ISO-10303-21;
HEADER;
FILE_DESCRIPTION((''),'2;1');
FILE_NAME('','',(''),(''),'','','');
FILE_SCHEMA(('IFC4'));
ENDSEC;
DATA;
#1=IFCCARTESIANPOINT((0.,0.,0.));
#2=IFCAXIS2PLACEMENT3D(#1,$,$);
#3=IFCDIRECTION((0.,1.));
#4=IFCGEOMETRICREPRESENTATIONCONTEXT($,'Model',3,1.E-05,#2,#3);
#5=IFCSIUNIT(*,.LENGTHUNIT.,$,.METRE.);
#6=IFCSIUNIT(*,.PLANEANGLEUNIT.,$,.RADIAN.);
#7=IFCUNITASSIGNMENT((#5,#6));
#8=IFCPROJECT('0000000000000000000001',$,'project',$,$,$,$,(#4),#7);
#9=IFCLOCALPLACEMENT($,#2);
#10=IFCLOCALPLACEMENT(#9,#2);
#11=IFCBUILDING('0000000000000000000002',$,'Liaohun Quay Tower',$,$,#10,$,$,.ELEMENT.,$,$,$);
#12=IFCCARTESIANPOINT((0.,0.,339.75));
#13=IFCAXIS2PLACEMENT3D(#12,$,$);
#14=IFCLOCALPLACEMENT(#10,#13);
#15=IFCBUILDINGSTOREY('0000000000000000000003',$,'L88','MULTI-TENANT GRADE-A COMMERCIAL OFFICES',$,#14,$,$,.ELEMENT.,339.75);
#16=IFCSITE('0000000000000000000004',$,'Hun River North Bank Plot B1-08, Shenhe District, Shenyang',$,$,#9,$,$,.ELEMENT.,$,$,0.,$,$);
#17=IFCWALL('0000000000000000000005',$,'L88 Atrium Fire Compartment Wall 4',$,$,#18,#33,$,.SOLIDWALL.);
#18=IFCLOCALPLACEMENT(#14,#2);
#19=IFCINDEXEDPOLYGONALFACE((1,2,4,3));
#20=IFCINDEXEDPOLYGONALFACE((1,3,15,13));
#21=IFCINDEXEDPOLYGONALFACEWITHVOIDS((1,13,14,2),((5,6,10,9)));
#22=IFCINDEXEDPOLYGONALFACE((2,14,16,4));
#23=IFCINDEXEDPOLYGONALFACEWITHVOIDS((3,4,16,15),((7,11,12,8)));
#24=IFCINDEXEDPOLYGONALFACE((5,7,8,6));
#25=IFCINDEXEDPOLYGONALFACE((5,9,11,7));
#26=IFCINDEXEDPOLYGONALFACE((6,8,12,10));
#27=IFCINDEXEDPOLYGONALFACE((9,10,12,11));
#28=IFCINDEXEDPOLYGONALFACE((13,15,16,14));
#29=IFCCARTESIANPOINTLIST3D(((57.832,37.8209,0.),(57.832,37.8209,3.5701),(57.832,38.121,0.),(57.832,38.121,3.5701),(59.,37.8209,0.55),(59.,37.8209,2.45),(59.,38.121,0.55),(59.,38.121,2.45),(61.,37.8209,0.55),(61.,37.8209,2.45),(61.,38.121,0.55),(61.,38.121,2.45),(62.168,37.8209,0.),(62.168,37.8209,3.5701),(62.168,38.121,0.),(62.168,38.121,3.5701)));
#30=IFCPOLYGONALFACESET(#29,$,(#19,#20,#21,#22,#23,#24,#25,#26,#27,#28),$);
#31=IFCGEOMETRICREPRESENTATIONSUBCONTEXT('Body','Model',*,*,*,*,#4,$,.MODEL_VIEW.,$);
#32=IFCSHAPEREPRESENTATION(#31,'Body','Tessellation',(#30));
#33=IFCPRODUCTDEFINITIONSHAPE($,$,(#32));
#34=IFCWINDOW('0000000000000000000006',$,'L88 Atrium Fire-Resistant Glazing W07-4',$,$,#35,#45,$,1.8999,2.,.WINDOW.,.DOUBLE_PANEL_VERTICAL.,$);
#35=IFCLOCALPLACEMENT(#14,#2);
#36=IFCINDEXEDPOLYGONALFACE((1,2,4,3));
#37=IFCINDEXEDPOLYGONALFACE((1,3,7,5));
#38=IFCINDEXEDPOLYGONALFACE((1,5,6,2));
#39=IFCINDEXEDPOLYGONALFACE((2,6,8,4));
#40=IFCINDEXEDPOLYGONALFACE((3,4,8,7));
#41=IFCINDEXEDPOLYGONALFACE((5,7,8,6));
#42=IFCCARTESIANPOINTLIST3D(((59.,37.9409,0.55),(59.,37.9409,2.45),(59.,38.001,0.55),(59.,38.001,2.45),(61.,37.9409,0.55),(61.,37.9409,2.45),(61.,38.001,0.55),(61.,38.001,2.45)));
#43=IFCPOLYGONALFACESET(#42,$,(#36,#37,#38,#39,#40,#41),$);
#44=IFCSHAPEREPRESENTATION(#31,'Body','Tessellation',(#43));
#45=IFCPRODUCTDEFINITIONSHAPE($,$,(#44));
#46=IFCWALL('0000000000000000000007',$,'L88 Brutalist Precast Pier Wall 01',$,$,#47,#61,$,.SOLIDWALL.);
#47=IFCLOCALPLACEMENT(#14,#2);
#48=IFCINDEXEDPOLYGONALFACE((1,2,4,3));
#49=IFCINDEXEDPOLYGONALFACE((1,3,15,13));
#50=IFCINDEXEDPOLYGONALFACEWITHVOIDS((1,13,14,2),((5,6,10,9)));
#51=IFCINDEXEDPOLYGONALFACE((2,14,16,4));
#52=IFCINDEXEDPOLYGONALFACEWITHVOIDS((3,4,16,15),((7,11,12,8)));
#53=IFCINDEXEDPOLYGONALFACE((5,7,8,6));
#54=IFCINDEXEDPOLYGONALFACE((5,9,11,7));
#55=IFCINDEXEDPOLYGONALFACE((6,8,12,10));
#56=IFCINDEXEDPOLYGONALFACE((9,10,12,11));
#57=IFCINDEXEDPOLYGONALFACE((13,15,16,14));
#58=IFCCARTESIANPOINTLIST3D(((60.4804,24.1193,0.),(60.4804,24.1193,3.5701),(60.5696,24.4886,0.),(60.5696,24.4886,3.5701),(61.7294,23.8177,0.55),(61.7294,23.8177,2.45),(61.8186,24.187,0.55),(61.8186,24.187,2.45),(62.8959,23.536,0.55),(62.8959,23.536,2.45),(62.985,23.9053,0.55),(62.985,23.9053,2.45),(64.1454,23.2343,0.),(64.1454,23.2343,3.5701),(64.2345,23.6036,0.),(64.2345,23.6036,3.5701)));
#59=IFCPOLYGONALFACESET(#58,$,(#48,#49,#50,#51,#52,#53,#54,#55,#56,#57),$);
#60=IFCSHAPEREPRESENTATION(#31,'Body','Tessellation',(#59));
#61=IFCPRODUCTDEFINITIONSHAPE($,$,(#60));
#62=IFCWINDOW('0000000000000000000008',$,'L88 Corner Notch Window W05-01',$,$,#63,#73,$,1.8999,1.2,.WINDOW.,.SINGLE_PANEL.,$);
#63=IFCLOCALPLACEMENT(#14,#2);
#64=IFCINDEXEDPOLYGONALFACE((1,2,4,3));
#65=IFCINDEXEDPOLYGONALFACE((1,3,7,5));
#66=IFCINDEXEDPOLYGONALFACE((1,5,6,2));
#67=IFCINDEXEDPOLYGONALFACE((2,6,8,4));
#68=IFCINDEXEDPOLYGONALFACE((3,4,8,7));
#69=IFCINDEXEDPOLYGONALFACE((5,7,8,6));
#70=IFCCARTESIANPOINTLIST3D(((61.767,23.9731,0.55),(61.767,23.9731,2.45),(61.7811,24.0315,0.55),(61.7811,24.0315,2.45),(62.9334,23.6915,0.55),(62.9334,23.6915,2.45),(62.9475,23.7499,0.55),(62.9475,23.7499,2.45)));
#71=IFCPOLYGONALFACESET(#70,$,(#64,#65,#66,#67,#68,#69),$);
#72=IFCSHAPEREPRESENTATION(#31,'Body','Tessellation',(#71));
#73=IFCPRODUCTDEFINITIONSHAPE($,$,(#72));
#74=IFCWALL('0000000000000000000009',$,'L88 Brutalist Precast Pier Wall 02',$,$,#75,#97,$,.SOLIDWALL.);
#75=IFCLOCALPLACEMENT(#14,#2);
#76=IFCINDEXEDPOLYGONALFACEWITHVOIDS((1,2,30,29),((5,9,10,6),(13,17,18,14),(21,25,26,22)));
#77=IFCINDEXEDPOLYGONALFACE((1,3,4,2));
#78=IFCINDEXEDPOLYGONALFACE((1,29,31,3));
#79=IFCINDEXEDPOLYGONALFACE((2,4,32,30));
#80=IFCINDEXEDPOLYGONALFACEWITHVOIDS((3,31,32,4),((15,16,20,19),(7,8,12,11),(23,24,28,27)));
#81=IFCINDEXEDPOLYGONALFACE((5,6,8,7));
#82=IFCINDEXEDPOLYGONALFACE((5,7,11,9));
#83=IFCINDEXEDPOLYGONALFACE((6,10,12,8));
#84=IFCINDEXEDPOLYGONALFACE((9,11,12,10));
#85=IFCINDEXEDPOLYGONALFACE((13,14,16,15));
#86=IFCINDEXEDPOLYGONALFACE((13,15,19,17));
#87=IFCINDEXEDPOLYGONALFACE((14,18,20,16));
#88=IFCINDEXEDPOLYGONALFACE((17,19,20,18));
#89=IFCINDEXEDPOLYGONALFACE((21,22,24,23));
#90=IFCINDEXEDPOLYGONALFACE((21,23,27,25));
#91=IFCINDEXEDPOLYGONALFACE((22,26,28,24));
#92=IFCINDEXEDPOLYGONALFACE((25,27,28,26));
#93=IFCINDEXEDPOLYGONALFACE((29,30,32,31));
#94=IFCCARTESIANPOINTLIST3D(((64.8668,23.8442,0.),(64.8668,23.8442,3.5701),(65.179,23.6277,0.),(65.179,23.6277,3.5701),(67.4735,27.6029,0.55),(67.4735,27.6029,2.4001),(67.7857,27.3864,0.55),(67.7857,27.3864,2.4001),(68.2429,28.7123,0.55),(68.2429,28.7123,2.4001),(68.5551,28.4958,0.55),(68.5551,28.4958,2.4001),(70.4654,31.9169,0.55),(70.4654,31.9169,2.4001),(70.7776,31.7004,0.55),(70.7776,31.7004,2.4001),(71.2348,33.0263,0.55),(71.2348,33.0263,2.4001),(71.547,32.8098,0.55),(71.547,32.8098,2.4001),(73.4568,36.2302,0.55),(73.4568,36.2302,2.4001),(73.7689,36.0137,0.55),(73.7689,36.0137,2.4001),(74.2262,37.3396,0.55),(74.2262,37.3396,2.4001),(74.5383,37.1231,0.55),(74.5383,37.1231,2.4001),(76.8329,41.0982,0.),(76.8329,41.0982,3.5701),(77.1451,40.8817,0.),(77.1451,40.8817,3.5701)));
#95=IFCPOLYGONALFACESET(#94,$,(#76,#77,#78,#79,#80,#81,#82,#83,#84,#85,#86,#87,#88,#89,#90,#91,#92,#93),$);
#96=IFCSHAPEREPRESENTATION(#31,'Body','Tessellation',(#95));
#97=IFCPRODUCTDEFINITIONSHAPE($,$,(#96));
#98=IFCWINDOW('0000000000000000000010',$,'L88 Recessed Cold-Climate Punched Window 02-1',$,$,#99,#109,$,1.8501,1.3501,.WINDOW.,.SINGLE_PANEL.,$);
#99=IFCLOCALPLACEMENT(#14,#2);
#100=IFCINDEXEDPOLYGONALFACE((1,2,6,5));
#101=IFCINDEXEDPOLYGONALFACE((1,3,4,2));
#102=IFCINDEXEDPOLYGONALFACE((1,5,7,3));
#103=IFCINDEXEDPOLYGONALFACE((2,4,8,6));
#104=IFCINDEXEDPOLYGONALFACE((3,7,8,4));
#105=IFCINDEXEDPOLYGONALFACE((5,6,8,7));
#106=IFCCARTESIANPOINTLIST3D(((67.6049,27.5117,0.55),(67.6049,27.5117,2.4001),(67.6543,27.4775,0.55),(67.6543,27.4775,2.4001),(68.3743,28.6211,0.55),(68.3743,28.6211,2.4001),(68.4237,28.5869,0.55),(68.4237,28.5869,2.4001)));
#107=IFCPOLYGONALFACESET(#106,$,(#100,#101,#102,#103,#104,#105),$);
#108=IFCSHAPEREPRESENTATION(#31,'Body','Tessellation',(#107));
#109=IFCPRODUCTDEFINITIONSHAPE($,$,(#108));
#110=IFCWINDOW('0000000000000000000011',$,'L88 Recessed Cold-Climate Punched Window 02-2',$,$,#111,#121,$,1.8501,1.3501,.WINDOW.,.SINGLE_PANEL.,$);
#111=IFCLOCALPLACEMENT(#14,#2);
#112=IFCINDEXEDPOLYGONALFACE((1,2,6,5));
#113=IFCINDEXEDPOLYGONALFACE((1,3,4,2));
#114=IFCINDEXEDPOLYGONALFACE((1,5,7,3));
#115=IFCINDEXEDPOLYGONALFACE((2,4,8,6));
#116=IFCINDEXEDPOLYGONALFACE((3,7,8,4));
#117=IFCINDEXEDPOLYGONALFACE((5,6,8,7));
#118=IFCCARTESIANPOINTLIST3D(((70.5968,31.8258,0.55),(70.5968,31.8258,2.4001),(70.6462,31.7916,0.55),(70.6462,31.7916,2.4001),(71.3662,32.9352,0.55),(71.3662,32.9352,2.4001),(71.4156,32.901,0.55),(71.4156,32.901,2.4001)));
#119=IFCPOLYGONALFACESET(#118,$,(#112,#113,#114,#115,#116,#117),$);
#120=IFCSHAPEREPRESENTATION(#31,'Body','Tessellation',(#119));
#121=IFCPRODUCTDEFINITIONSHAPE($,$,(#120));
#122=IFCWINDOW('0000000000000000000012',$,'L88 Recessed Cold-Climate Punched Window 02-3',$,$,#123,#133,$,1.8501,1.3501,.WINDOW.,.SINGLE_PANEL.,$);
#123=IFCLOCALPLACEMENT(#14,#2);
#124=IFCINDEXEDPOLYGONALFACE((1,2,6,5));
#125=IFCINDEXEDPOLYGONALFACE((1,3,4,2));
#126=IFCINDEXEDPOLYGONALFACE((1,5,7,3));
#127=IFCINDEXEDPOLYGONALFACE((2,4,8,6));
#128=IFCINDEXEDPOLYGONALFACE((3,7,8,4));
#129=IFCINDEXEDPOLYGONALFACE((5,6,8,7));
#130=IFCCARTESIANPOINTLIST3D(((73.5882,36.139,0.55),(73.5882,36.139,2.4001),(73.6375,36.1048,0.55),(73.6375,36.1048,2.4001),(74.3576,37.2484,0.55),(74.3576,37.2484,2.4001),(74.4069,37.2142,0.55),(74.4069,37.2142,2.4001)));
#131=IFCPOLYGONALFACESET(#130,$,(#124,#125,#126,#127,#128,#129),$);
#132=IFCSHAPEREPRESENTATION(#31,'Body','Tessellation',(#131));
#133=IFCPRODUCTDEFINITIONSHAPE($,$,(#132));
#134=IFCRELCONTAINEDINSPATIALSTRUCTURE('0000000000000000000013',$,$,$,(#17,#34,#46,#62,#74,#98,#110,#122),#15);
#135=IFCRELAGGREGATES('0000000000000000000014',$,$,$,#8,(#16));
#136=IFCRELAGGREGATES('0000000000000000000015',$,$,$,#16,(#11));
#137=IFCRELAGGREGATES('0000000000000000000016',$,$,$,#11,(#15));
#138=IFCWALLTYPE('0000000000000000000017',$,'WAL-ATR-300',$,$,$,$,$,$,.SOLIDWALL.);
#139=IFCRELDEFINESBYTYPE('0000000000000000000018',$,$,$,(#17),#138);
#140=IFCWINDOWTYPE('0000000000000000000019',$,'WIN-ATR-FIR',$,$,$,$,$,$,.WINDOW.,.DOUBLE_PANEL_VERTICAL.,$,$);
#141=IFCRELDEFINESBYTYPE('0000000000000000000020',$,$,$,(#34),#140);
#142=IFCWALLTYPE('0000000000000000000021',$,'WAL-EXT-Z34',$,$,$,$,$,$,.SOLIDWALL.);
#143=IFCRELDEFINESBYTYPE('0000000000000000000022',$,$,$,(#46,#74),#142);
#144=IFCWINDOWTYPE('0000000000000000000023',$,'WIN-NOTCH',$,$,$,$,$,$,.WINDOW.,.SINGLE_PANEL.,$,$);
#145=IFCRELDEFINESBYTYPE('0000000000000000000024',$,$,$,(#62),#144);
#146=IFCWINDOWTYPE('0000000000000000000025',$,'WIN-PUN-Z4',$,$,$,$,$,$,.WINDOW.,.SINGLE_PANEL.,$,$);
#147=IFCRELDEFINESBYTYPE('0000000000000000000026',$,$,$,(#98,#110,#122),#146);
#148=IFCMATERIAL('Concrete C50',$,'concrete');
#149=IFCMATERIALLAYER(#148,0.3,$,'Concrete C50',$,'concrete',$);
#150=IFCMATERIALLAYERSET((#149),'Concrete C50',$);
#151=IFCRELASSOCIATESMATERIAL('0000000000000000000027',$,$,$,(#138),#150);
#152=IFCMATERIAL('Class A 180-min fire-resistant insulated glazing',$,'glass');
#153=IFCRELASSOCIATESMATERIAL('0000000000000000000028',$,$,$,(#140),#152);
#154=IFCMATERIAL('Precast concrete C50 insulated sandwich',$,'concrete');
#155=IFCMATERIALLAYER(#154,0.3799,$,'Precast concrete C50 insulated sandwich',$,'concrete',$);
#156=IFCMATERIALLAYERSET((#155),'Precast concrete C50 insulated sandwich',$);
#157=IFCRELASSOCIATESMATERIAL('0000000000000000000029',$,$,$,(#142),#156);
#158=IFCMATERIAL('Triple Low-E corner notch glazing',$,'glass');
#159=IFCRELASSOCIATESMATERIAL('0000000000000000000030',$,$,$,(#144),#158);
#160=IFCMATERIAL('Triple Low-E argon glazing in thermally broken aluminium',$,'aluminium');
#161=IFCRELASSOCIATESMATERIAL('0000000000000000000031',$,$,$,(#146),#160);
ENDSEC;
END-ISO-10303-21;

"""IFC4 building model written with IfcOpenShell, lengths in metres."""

from ifc_helpers import new_model, si_unit, direction, frame, frame_2d, origin, place, context, subcontext, project, spatial, rectangle, extrude, source, transform, mapped, material, layer, layer_set, type_object, element, fill, save


model = new_model("IFC4")

# Units and contexts
model_context = context("Model", 3, precision=1e-05, world=origin(), true_north=direction((0.0, 1.0)))
body_context = subcontext(model_context, "Body", "Model", "MODEL_VIEW")
ifc_project = project(units=[si_unit("LENGTHUNIT", "METRE"), si_unit("PLANEANGLEUNIT", "RADIAN")], contexts=[model_context])

# Site, building, storey
site_placement = place(None, origin())
site = spatial("IfcSite", under=ifc_project, at=site_placement, Name="Hun River North Bank Plot B1-08, Shenhe District, Shenyang", CompositionType="ELEMENT", RefElevation=0.0)
building_placement = place(site_placement, origin())
building = spatial("IfcBuilding", under=site, at=building_placement, Name="Liaohun Quay Tower", CompositionType="ELEMENT")
storey_placement = place(building_placement, frame((0.0, 0.0, 339.75)))
storey = spatial("IfcBuildingStorey", under=building, at=storey_placement, Name="L88", Description="MULTI-TENANT GRADE-A COMMERCIAL OFFICES", CompositionType="ELEMENT", Elevation=339.75)

# Shared definitions
ifc_material_1 = material(Name="Concrete C50", Category="concrete")

# Walls, openings, windows
ifc_layer_1 = layer(ifc_material_1, 0.3, Name="Concrete C50", Category="concrete")
ifc_layer_set_1 = layer_set([ifc_layer_1], Name="Concrete C50")
wall_type_1 = type_object("IfcWallType", Name="WAL-ATR-300", PredefinedType="SOLIDWALL", material=ifc_layer_set_1)
shared_shape_1 = source(origin(), body_context, "Body", "SweptSolid", [
    extrude(rectangle(XDim=2.0, YDim=1.8999, at=frame_2d((1.0, 0.95))), frame((0.0, 0.1599, 0.0), z_axis=(0.0, -1.0, 0.0), x_axis=(1.0, 0.0, 0.0)), (0.0, 0.0, 1.0), 0.3201),
])
ifc_material_2 = material(Name="Class A 180-min fire-resistant insulated glazing", Category="glass")
window_type_1 = type_object("IfcWindowType", Name="WIN-ATR-FIR", PartitioningType="DOUBLE_PANEL_VERTICAL", PredefinedType="WINDOW", material=ifc_material_2)
shared_shape_2 = source(origin(), body_context, "Body", "SweptSolid", [
    extrude(rectangle(XDim=2.0, YDim=1.8999, at=frame_2d((1.0, 0.95))), frame((0.0, 0.03, 0.0), z_axis=(0.0, -1.0, 0.0), x_axis=(1.0, 0.0, 0.0)), (0.0, 0.0, 1.0), 0.0601),
])
wall_1_placement = place(storey_placement, frame((62.168, 37.9709, 0.0), z_axis=(0.0, 0.0, 1.0), x_axis=(-1.0, 0.0, 0.0)))
wall_1 = element("IfcWall", 1, at=wall_1_placement, inside=storey, type_object=wall_type_1, Name="L88 Atrium Fire Compartment Wall 4", PredefinedType="SOLIDWALL", context=body_context, shape_type="SweptSolid", body=[
    extrude(rectangle(XDim=4.3359, YDim=0.3, at=frame_2d((2.168, 0.0))), origin(), (0.0, 0.0, 1.0), 3.5701),
])
opening_1_placement = place(wall_1_placement, frame((1.168, 0.0, 0.55)))
opening_1 = element("IfcOpeningElement", 2, at=opening_1_placement, cuts=wall_1, PredefinedType="OPENING", context=body_context, shape_type="MappedRepresentation", body=[
    mapped(shared_shape_1, transform((0.0, 0.0, 0.0), x_axis=(1.0, 0.0, 0.0), y_axis=(0.0, 1.0, 0.0), z_axis=(0.0, 0.0, 1.0), scale=1.0)),
])
window_1_placement = place(opening_1_placement, origin())
window_1 = element("IfcWindow", 3, at=window_1_placement, inside=storey, type_object=window_type_1, Name="L88 Atrium Fire-Resistant Glazing W07-4", OverallHeight=1.8999, OverallWidth=2.0, PartitioningType="DOUBLE_PANEL_VERTICAL", PredefinedType="WINDOW", context=body_context, shape_type="MappedRepresentation", body=[
    mapped(shared_shape_2, transform((0.0, 0.0, 0.0), x_axis=(1.0, 0.0, 0.0), y_axis=(0.0, 1.0, 0.0), z_axis=(0.0, 0.0, 1.0), scale=1.0)),
])
fill(opening_1, window_1)
ifc_material_3 = material(Name="Precast concrete C50 insulated sandwich", Category="concrete")
ifc_layer_2 = layer(ifc_material_3, 0.3799, Name="Precast concrete C50 insulated sandwich", Category="concrete")
ifc_layer_set_2 = layer_set([ifc_layer_2], Name="Precast concrete C50 insulated sandwich")
wall_type_2 = type_object("IfcWallType", Name="WAL-EXT-Z34", PredefinedType="SOLIDWALL", material=ifc_layer_set_2)
wall_2_placement = place(storey_placement, frame((60.5249, 24.304, 0.0), z_axis=(0.0, 0.0, 1.0), x_axis=(0.972061, -0.234727, 0.0)))
wall_2 = element("IfcWall", 4, at=wall_2_placement, inside=storey, type_object=wall_type_2, Name="L88 Brutalist Precast Pier Wall 01", PredefinedType="SOLIDWALL", context=body_context, shape_type="SweptSolid", body=[
    extrude(rectangle(XDim=3.7703, YDim=0.3799, at=frame_2d((1.8853, 0.0))), origin(), (0.0, 0.0, 1.0), 3.5701),
])
shared_shape_3 = source(origin(), body_context, "Body", "SweptSolid", [
    extrude(rectangle(XDim=1.2, YDim=1.8999, at=frame_2d((0.6001, 0.95))), frame((0.0, 0.2, 0.0), z_axis=(0.0, -1.0, 0.0), x_axis=(1.0, 0.0, 0.0)), (0.0, 0.0, 1.0), 0.3999),
])
opening_2_placement = place(wall_2_placement, frame((1.2849, 0.0, 0.55)))
opening_2 = element("IfcOpeningElement", 5, at=opening_2_placement, cuts=wall_2, PredefinedType="OPENING", context=body_context, shape_type="MappedRepresentation", body=[
    mapped(shared_shape_3, transform((0.0, 0.0, 0.0), x_axis=(1.0, 0.0, 0.0), y_axis=(0.0, 1.0, 0.0), z_axis=(0.0, 0.0, 1.0), scale=1.0)),
])
ifc_material_4 = material(Name="Triple Low-E corner notch glazing", Category="glass")
window_type_2 = type_object("IfcWindowType", Name="WIN-NOTCH", PartitioningType="SINGLE_PANEL", PredefinedType="WINDOW", material=ifc_material_4)
shared_shape_4 = source(origin(), body_context, "Body", "SweptSolid", [
    extrude(rectangle(XDim=1.2, YDim=1.8999, at=frame_2d((0.6001, 0.95))), frame((0.0, 0.03, 0.0), z_axis=(0.0, -1.0, 0.0), x_axis=(1.0, 0.0, 0.0)), (0.0, 0.0, 1.0), 0.0601),
])
window_2_placement = place(opening_2_placement, origin())
window_2 = element("IfcWindow", 6, at=window_2_placement, inside=storey, type_object=window_type_2, Name="L88 Corner Notch Window W05-01", OverallHeight=1.8999, OverallWidth=1.2, PartitioningType="SINGLE_PANEL", PredefinedType="WINDOW", context=body_context, shape_type="MappedRepresentation", body=[
    mapped(shared_shape_4, transform((0.0, 0.0, 0.0), x_axis=(1.0, 0.0, 0.0), y_axis=(0.0, 1.0, 0.0), z_axis=(0.0, 0.0, 1.0), scale=1.0)),
])
fill(opening_2, window_2)

# Wall, openings, windows
wall_3_placement = place(storey_placement, frame((65.0229, 23.7361, 0.0), z_axis=(0.0, 0.0, 1.0), x_axis=(0.569888, 0.821723, 0.0)))
wall_3 = element("IfcWall", 7, at=wall_3_placement, inside=storey, type_object=wall_type_2, Name="L88 Brutalist Precast Pier Wall 02", PredefinedType="SOLIDWALL", context=body_context, shape_type="SweptSolid", body=[
    extrude(rectangle(XDim=20.9973, YDim=0.3799, at=frame_2d((10.4985, 0.0))), origin(), (0.0, 0.0, 1.0), 3.5701),
])
shared_shape_5 = source(origin(), body_context, "Body", "SweptSolid", [
    extrude(rectangle(XDim=1.3501, YDim=1.8501, at=frame_2d((0.675, 0.925))), frame((0.0, 0.2, 0.0), z_axis=(0.0, -1.0, 0.0), x_axis=(1.0, 0.0, 0.0)), (0.0, 0.0, 1.0), 0.3999),
])
opening_3_placement = place(wall_3_placement, frame((4.574, 0.0, 0.55)))
opening_3 = element("IfcOpeningElement", 8, at=opening_3_placement, cuts=wall_3, PredefinedType="OPENING", context=body_context, shape_type="MappedRepresentation", body=[
    mapped(shared_shape_5, transform((0.0, 0.0, 0.0), x_axis=(1.0, 0.0, 0.0), y_axis=(0.0, 1.0, 0.0), z_axis=(0.0, 0.0, 1.0), scale=1.0)),
])
opening_4_placement = place(wall_3_placement, frame((9.824, 0.0, 0.55)))
opening_4 = element("IfcOpeningElement", 9, at=opening_4_placement, cuts=wall_3, PredefinedType="OPENING", context=body_context, shape_type="MappedRepresentation", body=[
    mapped(shared_shape_5, transform((0.0, 0.0, 0.0), x_axis=(1.0, 0.0, 0.0), y_axis=(0.0, 1.0, 0.0), z_axis=(0.0, 0.0, 1.0), scale=1.0)),
])
opening_5_placement = place(wall_3_placement, frame((15.073, 0.0, 0.55)))
opening_5 = element("IfcOpeningElement", 10, at=opening_5_placement, cuts=wall_3, PredefinedType="OPENING", context=body_context, shape_type="MappedRepresentation", body=[
    mapped(shared_shape_5, transform((0.0, 0.0, 0.0), x_axis=(1.0, 0.0, 0.0), y_axis=(0.0, 1.0, 0.0), z_axis=(0.0, 0.0, 1.0), scale=1.0)),
])
ifc_material_5 = material(Name="Triple Low-E argon glazing in thermally broken aluminium", Category="aluminium")
window_type_3 = type_object("IfcWindowType", Name="WIN-PUN-Z4", PartitioningType="SINGLE_PANEL", PredefinedType="WINDOW", material=ifc_material_5)
shared_shape_6 = source(origin(), body_context, "Body", "SweptSolid", [
    extrude(rectangle(XDim=1.3501, YDim=1.8501, at=frame_2d((0.675, 0.925))), frame((0.0, 0.03, 0.0), z_axis=(0.0, -1.0, 0.0), x_axis=(1.0, 0.0, 0.0)), (0.0, 0.0, 1.0), 0.0601),
])
window_3_placement = place(opening_3_placement, origin())
window_3 = element("IfcWindow", 11, at=window_3_placement, inside=storey, type_object=window_type_3, Name="L88 Recessed Cold-Climate Punched Window 02-1", OverallHeight=1.8501, OverallWidth=1.3501, PartitioningType="SINGLE_PANEL", PredefinedType="WINDOW", context=body_context, shape_type="MappedRepresentation", body=[
    mapped(shared_shape_6, transform((0.0, 0.0, 0.0), x_axis=(1.0, 0.0, 0.0), y_axis=(0.0, 1.0, 0.0), z_axis=(0.0, 0.0, 1.0), scale=1.0)),
])
fill(opening_3, window_3)
window_4_placement = place(opening_4_placement, origin())
window_4 = element("IfcWindow", 12, at=window_4_placement, inside=storey, type_object=window_type_3, Name="L88 Recessed Cold-Climate Punched Window 02-2", OverallHeight=1.8501, OverallWidth=1.3501, PartitioningType="SINGLE_PANEL", PredefinedType="WINDOW", context=body_context, shape_type="MappedRepresentation", body=[
    mapped(shared_shape_6, transform((0.0, 0.0, 0.0), x_axis=(1.0, 0.0, 0.0), y_axis=(0.0, 1.0, 0.0), z_axis=(0.0, 0.0, 1.0), scale=1.0)),
])
fill(opening_4, window_4)
window_5_placement = place(opening_5_placement, origin())
window_5 = element("IfcWindow", 13, at=window_5_placement, inside=storey, type_object=window_type_3, Name="L88 Recessed Cold-Climate Punched Window 02-3", OverallHeight=1.8501, OverallWidth=1.3501, PartitioningType="SINGLE_PANEL", PredefinedType="WINDOW", context=body_context, shape_type="MappedRepresentation", body=[
    mapped(shared_shape_6, transform((0.0, 0.0, 0.0), x_axis=(1.0, 0.0, 0.0), y_axis=(0.0, 1.0, 0.0), z_axis=(0.0, 0.0, 1.0), scale=1.0)),
])
fill(opening_5, window_5)

save(model, "model.ifc")
